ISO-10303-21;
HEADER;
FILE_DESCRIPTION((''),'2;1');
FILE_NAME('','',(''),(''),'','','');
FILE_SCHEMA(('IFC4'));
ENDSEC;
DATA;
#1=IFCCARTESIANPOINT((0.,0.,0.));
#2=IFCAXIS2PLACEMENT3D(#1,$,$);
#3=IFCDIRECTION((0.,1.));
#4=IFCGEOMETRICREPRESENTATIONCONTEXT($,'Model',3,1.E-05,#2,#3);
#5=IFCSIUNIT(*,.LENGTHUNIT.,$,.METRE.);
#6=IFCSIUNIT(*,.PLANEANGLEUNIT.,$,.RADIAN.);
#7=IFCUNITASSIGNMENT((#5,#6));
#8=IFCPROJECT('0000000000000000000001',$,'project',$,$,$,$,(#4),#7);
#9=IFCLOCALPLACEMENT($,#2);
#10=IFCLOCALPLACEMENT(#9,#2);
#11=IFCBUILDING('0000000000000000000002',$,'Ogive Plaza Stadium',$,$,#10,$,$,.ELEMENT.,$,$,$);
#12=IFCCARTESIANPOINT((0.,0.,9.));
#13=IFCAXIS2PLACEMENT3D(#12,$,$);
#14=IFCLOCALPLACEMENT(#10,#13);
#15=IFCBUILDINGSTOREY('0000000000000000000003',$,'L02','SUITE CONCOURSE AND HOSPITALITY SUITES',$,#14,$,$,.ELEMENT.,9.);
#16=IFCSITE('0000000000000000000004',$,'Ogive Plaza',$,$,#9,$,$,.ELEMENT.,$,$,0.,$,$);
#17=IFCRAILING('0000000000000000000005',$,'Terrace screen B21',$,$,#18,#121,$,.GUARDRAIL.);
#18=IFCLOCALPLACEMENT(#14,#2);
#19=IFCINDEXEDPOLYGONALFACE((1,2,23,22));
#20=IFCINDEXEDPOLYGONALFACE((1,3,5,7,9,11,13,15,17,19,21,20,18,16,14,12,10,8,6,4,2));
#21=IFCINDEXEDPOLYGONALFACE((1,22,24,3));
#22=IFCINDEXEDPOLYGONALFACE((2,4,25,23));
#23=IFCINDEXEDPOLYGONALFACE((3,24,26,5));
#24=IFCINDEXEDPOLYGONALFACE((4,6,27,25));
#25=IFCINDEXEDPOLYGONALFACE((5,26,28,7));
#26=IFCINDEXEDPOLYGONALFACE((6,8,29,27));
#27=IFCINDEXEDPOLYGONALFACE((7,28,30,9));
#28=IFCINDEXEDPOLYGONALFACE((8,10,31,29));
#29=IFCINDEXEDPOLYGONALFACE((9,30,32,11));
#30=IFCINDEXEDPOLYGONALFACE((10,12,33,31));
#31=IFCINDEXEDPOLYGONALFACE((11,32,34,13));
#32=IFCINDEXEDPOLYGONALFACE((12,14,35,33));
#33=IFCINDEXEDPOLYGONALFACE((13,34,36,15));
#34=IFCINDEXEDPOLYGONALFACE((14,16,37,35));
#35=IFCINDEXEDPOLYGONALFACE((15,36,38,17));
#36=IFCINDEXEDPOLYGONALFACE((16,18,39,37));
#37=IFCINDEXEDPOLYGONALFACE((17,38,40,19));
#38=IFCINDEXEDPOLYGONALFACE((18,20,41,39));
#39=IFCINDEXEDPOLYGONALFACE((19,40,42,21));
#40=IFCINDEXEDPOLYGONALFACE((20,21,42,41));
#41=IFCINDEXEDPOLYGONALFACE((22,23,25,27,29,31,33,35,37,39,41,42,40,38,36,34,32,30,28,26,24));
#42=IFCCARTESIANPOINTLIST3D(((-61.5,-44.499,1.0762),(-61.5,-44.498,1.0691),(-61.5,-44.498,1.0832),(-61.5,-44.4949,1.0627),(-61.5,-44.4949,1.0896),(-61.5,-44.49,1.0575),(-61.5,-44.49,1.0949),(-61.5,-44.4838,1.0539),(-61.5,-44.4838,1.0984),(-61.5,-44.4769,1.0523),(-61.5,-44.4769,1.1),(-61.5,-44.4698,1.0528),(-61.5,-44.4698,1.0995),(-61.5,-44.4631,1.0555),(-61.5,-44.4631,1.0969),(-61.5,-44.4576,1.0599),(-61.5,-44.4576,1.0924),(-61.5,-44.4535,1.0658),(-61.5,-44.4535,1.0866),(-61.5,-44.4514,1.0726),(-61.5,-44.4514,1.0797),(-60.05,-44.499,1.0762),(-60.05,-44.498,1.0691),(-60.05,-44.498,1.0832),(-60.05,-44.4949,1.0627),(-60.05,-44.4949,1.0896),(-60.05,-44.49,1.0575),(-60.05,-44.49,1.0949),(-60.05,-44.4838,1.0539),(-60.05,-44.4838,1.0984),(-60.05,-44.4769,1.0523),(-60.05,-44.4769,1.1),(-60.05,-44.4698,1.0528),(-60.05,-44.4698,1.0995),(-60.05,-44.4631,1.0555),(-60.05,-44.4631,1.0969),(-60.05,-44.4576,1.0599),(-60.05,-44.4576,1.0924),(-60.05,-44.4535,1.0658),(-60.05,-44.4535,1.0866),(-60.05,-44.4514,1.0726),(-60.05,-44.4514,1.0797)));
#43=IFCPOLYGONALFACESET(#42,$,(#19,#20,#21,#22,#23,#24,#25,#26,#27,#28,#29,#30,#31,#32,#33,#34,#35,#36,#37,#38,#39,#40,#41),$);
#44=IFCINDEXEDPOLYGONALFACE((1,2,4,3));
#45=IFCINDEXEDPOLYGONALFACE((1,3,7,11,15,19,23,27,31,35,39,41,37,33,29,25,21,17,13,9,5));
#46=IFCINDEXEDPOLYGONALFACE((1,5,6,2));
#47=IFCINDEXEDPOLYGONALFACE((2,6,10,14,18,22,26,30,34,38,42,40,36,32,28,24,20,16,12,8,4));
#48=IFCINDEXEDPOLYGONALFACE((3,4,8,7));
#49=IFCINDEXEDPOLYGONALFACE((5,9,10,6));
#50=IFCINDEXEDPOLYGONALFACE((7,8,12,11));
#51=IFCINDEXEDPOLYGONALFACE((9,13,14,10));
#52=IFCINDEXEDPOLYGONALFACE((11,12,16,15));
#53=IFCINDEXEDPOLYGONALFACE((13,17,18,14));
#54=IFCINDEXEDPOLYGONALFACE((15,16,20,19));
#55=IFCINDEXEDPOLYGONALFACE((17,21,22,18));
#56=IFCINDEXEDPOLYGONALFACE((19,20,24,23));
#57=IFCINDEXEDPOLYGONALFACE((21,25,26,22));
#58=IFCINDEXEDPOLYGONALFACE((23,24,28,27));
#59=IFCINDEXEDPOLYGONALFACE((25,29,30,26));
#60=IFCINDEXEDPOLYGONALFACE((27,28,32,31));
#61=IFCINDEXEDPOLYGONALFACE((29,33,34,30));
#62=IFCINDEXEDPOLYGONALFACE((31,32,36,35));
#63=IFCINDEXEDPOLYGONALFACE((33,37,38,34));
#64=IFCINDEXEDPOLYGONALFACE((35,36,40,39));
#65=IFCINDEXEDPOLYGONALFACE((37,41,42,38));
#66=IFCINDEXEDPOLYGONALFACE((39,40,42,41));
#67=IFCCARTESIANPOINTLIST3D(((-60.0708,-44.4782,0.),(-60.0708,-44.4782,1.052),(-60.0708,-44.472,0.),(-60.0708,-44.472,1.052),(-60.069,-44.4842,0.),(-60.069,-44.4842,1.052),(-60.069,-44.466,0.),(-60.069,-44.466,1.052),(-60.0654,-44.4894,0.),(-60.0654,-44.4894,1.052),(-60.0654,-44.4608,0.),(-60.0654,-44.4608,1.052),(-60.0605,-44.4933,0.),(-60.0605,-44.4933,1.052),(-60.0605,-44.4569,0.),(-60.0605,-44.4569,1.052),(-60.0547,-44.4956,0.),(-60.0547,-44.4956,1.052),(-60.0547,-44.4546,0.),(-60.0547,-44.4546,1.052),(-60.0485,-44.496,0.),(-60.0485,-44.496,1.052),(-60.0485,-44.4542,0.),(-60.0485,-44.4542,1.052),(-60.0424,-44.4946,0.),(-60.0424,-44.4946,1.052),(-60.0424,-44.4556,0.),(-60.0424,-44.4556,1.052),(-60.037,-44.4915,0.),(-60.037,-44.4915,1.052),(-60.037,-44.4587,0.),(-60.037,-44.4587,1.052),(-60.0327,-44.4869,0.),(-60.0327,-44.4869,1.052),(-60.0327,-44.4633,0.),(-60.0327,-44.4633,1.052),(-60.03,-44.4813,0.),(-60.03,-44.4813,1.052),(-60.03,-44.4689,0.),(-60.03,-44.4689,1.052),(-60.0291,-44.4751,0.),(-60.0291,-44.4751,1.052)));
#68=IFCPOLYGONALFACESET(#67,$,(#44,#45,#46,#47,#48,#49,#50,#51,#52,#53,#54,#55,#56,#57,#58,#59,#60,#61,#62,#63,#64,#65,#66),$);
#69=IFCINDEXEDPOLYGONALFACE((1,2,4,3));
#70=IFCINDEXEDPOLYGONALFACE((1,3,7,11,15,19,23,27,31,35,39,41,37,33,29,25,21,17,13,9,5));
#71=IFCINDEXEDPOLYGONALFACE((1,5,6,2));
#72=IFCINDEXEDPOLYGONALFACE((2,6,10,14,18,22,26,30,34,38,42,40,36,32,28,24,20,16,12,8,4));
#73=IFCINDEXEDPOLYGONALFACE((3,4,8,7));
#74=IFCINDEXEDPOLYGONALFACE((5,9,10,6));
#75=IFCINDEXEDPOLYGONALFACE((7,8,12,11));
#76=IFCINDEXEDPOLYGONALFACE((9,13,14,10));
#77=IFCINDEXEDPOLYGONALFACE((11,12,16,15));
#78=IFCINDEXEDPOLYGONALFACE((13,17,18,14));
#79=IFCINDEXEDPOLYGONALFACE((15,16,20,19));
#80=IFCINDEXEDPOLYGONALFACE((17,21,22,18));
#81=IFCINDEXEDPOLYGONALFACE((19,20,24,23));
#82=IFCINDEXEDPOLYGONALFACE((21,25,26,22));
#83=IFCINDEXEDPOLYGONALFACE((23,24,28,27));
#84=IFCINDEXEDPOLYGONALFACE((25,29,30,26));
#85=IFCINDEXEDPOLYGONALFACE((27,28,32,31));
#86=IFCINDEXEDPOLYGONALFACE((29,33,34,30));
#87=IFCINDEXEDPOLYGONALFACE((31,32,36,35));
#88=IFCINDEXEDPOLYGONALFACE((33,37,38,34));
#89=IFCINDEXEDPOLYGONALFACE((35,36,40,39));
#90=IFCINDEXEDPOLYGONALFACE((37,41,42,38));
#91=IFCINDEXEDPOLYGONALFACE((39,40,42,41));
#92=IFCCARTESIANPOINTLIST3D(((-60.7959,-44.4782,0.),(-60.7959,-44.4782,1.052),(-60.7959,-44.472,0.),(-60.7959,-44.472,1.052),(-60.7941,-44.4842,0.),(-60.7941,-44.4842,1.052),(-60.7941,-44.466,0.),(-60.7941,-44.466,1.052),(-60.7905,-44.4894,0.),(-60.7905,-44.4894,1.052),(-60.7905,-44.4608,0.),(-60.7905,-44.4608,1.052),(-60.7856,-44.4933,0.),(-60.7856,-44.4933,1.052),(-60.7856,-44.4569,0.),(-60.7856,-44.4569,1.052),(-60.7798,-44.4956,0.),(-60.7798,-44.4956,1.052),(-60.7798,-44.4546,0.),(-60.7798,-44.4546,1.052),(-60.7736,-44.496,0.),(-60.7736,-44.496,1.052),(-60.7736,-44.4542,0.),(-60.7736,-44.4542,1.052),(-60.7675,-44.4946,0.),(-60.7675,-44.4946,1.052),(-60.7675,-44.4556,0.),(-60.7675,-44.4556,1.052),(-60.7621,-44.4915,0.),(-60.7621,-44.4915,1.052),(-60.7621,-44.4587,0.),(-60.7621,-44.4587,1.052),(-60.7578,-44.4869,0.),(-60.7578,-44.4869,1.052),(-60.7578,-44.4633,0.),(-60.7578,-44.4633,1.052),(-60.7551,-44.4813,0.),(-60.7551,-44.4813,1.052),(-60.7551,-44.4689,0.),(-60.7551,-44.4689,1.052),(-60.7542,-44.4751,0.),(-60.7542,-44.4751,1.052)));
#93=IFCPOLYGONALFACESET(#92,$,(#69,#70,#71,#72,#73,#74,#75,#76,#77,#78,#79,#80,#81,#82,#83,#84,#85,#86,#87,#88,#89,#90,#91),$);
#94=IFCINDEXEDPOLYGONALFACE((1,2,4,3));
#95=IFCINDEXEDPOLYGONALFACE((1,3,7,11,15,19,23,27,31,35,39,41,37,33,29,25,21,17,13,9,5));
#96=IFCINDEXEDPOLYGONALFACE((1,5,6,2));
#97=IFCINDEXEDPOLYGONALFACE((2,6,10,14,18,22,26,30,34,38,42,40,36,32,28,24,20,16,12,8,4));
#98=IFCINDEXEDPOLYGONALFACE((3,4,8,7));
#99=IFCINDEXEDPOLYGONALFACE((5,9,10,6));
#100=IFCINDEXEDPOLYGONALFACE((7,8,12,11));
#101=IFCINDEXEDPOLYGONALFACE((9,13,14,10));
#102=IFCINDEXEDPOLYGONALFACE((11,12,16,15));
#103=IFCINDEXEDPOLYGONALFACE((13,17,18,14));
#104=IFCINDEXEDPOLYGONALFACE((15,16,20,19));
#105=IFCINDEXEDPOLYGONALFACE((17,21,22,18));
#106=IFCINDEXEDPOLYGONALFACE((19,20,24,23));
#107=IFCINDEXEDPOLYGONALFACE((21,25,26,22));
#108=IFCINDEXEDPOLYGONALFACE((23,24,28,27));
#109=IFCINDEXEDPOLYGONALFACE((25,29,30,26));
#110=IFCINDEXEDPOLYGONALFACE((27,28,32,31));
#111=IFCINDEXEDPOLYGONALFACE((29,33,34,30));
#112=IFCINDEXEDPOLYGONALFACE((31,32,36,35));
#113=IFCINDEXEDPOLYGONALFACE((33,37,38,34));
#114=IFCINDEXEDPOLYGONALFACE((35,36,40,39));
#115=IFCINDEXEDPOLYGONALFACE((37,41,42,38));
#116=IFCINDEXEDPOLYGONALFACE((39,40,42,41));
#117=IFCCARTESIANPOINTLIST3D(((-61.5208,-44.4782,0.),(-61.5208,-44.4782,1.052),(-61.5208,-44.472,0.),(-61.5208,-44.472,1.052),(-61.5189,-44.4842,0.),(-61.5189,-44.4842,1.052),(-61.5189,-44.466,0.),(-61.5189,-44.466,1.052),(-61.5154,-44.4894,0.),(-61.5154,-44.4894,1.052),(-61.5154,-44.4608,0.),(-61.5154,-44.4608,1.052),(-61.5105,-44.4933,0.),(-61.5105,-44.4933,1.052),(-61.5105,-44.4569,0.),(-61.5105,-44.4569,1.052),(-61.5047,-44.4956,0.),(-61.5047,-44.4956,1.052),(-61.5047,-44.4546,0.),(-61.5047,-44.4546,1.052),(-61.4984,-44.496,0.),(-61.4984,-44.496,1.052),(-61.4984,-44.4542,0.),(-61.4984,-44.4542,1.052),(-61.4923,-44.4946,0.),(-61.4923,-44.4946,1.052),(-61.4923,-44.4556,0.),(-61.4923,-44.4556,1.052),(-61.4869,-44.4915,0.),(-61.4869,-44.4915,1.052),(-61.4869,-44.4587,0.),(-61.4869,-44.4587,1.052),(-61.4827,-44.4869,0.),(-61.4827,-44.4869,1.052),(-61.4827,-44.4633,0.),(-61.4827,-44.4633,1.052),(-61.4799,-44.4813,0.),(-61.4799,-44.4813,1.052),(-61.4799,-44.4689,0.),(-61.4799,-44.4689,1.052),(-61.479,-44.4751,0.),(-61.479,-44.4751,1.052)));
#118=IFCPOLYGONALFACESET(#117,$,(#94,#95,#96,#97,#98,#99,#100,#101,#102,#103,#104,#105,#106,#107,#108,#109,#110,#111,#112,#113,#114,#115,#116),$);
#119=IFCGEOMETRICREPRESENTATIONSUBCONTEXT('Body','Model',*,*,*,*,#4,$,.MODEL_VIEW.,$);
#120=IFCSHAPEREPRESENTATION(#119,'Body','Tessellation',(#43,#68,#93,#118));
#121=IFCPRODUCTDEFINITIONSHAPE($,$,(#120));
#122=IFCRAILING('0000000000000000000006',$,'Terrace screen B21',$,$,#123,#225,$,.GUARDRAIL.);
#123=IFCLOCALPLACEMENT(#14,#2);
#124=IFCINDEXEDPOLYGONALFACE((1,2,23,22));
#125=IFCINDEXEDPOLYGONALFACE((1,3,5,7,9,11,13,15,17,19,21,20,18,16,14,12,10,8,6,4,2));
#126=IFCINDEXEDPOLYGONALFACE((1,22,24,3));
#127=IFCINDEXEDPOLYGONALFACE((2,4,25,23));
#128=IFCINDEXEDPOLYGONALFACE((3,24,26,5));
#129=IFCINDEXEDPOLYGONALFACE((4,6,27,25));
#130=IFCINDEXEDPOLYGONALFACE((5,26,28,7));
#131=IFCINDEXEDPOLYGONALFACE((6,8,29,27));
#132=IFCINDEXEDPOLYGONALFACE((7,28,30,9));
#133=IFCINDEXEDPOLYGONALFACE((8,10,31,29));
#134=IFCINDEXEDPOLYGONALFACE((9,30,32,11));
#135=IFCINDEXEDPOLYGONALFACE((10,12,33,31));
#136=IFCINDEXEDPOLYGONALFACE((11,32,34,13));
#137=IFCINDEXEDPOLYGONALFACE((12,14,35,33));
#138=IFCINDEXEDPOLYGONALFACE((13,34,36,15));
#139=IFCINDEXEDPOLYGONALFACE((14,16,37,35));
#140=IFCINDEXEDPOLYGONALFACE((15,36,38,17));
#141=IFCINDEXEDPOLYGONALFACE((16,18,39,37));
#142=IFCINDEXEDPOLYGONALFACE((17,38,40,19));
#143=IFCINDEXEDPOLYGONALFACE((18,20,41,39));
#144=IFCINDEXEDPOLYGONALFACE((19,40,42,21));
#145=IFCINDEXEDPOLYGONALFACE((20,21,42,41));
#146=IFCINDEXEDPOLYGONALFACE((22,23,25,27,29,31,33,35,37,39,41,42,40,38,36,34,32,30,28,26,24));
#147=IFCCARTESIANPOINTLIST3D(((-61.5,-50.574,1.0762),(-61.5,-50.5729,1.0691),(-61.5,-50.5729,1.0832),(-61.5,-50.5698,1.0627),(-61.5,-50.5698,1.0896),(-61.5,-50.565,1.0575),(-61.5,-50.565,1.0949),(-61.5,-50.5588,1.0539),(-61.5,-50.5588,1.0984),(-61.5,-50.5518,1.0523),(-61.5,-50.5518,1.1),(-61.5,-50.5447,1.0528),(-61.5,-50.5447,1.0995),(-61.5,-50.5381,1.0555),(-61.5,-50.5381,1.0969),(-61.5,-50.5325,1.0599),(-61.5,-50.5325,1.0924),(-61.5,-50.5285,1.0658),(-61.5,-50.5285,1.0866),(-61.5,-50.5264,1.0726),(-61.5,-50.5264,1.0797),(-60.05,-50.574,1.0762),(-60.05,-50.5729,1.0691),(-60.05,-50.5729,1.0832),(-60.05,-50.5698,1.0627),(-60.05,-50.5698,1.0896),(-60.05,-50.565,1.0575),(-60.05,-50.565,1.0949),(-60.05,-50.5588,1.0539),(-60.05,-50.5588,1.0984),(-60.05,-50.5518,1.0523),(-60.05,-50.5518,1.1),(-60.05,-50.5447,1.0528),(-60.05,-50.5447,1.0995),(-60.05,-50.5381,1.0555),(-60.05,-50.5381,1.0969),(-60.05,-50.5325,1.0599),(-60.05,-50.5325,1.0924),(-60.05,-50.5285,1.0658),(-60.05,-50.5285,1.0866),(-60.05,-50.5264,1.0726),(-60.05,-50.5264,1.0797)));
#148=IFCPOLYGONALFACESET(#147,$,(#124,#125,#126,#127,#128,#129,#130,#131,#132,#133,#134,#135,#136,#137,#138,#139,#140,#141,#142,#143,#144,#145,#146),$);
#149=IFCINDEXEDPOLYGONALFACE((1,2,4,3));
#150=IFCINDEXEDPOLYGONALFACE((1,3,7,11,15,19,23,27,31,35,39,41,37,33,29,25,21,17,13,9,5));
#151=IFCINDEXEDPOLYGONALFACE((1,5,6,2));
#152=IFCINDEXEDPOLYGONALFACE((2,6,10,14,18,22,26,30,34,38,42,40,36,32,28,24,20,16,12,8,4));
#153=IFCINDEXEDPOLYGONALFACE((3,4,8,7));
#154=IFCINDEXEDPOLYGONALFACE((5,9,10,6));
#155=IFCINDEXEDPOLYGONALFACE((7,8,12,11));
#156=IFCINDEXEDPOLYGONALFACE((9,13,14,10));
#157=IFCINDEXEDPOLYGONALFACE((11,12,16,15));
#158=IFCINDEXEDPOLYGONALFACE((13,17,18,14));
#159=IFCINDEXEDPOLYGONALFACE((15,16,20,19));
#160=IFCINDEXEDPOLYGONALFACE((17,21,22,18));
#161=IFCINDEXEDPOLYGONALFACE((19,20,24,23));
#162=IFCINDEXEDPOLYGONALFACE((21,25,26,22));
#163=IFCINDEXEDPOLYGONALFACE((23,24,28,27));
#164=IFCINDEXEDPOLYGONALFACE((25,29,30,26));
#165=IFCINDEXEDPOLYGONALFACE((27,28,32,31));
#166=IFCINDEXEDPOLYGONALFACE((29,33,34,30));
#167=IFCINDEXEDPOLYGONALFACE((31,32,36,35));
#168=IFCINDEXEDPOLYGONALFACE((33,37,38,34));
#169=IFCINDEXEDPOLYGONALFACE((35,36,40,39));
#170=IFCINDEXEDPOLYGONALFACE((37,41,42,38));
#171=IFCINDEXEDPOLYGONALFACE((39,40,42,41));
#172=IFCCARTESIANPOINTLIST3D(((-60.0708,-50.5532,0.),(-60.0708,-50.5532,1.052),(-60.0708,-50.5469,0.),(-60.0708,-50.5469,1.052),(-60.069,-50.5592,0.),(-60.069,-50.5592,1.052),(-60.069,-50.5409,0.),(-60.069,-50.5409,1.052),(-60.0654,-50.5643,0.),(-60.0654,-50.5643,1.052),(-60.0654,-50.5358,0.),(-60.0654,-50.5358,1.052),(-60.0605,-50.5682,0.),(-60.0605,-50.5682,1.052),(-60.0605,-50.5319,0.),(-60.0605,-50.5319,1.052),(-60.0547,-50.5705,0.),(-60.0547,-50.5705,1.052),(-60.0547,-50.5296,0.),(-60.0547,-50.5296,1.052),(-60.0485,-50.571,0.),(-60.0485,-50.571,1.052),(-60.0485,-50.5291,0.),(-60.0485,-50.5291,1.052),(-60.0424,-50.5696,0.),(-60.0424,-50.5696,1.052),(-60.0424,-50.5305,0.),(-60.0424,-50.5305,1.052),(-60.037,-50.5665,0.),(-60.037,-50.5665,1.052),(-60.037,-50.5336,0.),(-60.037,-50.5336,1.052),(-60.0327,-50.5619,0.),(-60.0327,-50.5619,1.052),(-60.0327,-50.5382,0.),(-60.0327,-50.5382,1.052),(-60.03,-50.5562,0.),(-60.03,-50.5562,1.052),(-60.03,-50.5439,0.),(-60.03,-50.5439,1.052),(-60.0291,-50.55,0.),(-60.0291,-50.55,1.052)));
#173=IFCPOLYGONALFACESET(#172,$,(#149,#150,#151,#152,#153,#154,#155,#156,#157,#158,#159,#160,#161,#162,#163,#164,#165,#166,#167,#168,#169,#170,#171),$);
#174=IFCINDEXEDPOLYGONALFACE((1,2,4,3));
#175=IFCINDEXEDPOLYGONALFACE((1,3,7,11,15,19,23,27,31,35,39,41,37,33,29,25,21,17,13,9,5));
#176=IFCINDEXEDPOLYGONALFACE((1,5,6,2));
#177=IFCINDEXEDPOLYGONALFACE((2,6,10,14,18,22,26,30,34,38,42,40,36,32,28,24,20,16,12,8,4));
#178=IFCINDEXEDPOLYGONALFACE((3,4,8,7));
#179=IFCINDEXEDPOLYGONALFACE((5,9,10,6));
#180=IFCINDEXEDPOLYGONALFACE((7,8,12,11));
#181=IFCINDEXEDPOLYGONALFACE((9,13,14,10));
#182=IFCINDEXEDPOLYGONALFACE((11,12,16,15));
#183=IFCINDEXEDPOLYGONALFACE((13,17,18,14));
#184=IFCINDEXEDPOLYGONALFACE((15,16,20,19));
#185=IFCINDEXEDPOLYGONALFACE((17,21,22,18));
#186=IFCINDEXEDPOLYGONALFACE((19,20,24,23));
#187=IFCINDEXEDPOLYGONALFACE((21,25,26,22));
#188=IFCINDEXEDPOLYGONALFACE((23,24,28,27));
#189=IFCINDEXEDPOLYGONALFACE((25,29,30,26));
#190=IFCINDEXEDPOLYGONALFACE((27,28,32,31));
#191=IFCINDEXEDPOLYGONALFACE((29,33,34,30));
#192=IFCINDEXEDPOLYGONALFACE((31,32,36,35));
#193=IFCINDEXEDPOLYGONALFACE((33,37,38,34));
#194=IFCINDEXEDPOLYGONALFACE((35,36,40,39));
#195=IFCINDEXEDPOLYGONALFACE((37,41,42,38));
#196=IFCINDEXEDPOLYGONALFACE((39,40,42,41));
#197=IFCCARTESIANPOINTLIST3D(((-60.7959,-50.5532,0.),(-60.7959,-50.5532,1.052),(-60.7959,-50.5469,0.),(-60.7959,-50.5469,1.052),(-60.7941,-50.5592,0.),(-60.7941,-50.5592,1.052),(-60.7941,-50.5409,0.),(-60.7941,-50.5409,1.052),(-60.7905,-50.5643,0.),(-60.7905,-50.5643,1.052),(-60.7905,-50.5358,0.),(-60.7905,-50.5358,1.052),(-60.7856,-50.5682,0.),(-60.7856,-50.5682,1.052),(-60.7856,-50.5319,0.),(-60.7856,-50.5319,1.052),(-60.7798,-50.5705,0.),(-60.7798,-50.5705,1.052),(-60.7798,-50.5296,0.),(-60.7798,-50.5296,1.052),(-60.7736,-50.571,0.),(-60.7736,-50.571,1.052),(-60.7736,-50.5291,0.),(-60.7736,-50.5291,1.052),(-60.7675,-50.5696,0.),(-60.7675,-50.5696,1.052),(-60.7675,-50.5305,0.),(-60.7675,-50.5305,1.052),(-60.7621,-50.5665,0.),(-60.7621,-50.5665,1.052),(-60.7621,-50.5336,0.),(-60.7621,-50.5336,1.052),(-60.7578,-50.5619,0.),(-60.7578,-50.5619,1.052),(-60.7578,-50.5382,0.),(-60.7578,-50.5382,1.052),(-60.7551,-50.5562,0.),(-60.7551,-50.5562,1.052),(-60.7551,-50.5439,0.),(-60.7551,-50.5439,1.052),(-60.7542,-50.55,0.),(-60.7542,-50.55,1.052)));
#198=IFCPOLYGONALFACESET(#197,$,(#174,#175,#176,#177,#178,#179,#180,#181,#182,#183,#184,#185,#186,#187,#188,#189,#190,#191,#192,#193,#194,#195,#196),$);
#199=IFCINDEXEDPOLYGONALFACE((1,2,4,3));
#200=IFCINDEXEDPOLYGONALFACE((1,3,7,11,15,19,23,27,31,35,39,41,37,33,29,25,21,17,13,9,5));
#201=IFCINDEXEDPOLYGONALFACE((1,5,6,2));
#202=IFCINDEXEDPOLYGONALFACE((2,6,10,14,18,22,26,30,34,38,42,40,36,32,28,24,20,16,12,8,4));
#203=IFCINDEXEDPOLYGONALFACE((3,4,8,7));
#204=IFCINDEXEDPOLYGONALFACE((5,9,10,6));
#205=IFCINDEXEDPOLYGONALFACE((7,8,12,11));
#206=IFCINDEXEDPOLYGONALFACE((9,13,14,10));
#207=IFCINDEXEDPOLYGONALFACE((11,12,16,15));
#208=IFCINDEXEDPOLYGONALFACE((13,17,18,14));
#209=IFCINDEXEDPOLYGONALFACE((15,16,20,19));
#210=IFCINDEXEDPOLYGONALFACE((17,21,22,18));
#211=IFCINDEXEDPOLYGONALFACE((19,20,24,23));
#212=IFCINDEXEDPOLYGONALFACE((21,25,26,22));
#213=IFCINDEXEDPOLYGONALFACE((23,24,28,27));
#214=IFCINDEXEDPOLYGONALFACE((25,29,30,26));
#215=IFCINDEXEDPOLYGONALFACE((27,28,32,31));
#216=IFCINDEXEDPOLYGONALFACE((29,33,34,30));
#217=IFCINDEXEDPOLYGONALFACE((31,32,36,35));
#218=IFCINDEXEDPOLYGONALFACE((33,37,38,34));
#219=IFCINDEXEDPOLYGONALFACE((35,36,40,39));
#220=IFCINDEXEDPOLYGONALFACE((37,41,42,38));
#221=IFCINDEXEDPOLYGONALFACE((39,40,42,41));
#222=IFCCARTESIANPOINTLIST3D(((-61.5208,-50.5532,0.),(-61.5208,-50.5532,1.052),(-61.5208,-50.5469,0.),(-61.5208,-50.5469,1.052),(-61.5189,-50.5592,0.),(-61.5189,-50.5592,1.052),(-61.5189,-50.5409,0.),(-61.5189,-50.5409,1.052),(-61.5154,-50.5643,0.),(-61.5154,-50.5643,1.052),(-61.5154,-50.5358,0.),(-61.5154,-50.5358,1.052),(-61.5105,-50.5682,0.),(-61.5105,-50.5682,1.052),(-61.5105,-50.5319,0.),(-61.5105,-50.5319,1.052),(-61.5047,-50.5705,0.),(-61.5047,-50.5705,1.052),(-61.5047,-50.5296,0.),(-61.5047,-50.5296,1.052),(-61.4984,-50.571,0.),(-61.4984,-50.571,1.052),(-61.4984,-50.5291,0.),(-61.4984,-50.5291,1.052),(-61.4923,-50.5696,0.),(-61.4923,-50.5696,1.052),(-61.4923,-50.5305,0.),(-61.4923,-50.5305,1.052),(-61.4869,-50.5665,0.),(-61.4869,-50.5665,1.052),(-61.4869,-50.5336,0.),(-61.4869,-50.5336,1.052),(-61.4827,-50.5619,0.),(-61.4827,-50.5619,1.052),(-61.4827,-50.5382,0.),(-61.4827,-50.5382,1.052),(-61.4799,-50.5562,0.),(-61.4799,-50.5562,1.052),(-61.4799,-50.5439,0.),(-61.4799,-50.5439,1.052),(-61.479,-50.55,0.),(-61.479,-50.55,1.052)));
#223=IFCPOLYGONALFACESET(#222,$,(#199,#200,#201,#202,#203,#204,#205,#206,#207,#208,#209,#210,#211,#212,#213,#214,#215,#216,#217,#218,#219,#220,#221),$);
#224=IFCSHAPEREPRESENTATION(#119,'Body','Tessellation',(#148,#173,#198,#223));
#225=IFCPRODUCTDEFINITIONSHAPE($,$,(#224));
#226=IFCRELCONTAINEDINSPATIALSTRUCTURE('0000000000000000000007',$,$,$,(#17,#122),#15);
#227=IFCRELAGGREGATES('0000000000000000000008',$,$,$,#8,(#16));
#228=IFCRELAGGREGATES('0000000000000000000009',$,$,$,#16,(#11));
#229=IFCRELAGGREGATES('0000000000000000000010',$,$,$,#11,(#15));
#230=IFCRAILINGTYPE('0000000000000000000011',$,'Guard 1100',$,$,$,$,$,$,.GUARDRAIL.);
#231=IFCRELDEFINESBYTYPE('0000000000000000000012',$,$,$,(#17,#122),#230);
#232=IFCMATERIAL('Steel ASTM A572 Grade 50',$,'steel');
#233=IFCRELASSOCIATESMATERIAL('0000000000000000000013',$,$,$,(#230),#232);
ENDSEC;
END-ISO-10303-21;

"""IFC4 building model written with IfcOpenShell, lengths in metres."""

from ifc_helpers import new_model, si_unit, direction, frame, origin, origin_2d, place, context, subcontext, project, spatial, circle, extrude, material, type_object, element, save


model = new_model("IFC4")

# Units and contexts
model_context = context("Model", 3, precision=1e-05, world=origin(), true_north=direction((0.0, 1.0)))
body_context = subcontext(model_context, "Body", "Model", "MODEL_VIEW")
ifc_project = project(units=[si_unit("LENGTHUNIT", "METRE"), si_unit("PLANEANGLEUNIT", "RADIAN")], contexts=[model_context])

# Site, building, storey
site_placement = place(None, origin())
site = spatial("IfcSite", under=ifc_project, at=site_placement, Name="Ogive Plaza", CompositionType="ELEMENT", RefElevation=0.0)
building_placement = place(site_placement, origin())
building = spatial("IfcBuilding", under=site, at=building_placement, Name="Ogive Plaza Stadium", CompositionType="ELEMENT")
storey_placement = place(building_placement, frame((0.0, 0.0, 9.0)))
storey = spatial("IfcBuildingStorey", under=building, at=storey_placement, Name="L02", Description="SUITE CONCOURSE AND HOSPITALITY SUITES", CompositionType="ELEMENT", Elevation=9.0)

# Railings
ifc_material_1 = material(Name="Steel ASTM A572 Grade 50", Category="steel")
railing_type = type_object("IfcRailingType", Name="Guard 1100", PredefinedType="GUARDRAIL", material=ifc_material_1)
for number, where, name in (
    (1, (-60.05, -44.4751, 0.0), "Terrace screen B21"),
    (2, (-60.05, -50.55, 0.0), "Terrace screen B21"),
):
    element("IfcRailing", number, at=place(storey_placement, frame(where)), inside=storey, type_object=railing_type, Name=name, PredefinedType="GUARDRAIL", context=body_context, shape_type="SweptSolid", body=[
        extrude(circle(Radius=0.0239, at=origin_2d()), frame((0.0, 0.0, 1.0762), z_axis=(-1.0, 0.0, 0.0), x_axis=(0.0, -1.0, 0.0)), (0.0, 0.0, 1.0), 1.45),
        extrude(circle(Radius=0.021, at=origin_2d()), origin(), (0.0, 0.0, 1.0), 1.052),
        extrude(circle(Radius=0.021, at=origin_2d()), frame((-0.7251, 0.0, 0.0)), (0.0, 0.0, 1.0), 1.052),
        extrude(circle(Radius=0.021, at=origin_2d()), frame((-1.45, 0.0, 0.0)), (0.0, 0.0, 1.0), 1.052),
    ])

save(model, "model.ifc")
